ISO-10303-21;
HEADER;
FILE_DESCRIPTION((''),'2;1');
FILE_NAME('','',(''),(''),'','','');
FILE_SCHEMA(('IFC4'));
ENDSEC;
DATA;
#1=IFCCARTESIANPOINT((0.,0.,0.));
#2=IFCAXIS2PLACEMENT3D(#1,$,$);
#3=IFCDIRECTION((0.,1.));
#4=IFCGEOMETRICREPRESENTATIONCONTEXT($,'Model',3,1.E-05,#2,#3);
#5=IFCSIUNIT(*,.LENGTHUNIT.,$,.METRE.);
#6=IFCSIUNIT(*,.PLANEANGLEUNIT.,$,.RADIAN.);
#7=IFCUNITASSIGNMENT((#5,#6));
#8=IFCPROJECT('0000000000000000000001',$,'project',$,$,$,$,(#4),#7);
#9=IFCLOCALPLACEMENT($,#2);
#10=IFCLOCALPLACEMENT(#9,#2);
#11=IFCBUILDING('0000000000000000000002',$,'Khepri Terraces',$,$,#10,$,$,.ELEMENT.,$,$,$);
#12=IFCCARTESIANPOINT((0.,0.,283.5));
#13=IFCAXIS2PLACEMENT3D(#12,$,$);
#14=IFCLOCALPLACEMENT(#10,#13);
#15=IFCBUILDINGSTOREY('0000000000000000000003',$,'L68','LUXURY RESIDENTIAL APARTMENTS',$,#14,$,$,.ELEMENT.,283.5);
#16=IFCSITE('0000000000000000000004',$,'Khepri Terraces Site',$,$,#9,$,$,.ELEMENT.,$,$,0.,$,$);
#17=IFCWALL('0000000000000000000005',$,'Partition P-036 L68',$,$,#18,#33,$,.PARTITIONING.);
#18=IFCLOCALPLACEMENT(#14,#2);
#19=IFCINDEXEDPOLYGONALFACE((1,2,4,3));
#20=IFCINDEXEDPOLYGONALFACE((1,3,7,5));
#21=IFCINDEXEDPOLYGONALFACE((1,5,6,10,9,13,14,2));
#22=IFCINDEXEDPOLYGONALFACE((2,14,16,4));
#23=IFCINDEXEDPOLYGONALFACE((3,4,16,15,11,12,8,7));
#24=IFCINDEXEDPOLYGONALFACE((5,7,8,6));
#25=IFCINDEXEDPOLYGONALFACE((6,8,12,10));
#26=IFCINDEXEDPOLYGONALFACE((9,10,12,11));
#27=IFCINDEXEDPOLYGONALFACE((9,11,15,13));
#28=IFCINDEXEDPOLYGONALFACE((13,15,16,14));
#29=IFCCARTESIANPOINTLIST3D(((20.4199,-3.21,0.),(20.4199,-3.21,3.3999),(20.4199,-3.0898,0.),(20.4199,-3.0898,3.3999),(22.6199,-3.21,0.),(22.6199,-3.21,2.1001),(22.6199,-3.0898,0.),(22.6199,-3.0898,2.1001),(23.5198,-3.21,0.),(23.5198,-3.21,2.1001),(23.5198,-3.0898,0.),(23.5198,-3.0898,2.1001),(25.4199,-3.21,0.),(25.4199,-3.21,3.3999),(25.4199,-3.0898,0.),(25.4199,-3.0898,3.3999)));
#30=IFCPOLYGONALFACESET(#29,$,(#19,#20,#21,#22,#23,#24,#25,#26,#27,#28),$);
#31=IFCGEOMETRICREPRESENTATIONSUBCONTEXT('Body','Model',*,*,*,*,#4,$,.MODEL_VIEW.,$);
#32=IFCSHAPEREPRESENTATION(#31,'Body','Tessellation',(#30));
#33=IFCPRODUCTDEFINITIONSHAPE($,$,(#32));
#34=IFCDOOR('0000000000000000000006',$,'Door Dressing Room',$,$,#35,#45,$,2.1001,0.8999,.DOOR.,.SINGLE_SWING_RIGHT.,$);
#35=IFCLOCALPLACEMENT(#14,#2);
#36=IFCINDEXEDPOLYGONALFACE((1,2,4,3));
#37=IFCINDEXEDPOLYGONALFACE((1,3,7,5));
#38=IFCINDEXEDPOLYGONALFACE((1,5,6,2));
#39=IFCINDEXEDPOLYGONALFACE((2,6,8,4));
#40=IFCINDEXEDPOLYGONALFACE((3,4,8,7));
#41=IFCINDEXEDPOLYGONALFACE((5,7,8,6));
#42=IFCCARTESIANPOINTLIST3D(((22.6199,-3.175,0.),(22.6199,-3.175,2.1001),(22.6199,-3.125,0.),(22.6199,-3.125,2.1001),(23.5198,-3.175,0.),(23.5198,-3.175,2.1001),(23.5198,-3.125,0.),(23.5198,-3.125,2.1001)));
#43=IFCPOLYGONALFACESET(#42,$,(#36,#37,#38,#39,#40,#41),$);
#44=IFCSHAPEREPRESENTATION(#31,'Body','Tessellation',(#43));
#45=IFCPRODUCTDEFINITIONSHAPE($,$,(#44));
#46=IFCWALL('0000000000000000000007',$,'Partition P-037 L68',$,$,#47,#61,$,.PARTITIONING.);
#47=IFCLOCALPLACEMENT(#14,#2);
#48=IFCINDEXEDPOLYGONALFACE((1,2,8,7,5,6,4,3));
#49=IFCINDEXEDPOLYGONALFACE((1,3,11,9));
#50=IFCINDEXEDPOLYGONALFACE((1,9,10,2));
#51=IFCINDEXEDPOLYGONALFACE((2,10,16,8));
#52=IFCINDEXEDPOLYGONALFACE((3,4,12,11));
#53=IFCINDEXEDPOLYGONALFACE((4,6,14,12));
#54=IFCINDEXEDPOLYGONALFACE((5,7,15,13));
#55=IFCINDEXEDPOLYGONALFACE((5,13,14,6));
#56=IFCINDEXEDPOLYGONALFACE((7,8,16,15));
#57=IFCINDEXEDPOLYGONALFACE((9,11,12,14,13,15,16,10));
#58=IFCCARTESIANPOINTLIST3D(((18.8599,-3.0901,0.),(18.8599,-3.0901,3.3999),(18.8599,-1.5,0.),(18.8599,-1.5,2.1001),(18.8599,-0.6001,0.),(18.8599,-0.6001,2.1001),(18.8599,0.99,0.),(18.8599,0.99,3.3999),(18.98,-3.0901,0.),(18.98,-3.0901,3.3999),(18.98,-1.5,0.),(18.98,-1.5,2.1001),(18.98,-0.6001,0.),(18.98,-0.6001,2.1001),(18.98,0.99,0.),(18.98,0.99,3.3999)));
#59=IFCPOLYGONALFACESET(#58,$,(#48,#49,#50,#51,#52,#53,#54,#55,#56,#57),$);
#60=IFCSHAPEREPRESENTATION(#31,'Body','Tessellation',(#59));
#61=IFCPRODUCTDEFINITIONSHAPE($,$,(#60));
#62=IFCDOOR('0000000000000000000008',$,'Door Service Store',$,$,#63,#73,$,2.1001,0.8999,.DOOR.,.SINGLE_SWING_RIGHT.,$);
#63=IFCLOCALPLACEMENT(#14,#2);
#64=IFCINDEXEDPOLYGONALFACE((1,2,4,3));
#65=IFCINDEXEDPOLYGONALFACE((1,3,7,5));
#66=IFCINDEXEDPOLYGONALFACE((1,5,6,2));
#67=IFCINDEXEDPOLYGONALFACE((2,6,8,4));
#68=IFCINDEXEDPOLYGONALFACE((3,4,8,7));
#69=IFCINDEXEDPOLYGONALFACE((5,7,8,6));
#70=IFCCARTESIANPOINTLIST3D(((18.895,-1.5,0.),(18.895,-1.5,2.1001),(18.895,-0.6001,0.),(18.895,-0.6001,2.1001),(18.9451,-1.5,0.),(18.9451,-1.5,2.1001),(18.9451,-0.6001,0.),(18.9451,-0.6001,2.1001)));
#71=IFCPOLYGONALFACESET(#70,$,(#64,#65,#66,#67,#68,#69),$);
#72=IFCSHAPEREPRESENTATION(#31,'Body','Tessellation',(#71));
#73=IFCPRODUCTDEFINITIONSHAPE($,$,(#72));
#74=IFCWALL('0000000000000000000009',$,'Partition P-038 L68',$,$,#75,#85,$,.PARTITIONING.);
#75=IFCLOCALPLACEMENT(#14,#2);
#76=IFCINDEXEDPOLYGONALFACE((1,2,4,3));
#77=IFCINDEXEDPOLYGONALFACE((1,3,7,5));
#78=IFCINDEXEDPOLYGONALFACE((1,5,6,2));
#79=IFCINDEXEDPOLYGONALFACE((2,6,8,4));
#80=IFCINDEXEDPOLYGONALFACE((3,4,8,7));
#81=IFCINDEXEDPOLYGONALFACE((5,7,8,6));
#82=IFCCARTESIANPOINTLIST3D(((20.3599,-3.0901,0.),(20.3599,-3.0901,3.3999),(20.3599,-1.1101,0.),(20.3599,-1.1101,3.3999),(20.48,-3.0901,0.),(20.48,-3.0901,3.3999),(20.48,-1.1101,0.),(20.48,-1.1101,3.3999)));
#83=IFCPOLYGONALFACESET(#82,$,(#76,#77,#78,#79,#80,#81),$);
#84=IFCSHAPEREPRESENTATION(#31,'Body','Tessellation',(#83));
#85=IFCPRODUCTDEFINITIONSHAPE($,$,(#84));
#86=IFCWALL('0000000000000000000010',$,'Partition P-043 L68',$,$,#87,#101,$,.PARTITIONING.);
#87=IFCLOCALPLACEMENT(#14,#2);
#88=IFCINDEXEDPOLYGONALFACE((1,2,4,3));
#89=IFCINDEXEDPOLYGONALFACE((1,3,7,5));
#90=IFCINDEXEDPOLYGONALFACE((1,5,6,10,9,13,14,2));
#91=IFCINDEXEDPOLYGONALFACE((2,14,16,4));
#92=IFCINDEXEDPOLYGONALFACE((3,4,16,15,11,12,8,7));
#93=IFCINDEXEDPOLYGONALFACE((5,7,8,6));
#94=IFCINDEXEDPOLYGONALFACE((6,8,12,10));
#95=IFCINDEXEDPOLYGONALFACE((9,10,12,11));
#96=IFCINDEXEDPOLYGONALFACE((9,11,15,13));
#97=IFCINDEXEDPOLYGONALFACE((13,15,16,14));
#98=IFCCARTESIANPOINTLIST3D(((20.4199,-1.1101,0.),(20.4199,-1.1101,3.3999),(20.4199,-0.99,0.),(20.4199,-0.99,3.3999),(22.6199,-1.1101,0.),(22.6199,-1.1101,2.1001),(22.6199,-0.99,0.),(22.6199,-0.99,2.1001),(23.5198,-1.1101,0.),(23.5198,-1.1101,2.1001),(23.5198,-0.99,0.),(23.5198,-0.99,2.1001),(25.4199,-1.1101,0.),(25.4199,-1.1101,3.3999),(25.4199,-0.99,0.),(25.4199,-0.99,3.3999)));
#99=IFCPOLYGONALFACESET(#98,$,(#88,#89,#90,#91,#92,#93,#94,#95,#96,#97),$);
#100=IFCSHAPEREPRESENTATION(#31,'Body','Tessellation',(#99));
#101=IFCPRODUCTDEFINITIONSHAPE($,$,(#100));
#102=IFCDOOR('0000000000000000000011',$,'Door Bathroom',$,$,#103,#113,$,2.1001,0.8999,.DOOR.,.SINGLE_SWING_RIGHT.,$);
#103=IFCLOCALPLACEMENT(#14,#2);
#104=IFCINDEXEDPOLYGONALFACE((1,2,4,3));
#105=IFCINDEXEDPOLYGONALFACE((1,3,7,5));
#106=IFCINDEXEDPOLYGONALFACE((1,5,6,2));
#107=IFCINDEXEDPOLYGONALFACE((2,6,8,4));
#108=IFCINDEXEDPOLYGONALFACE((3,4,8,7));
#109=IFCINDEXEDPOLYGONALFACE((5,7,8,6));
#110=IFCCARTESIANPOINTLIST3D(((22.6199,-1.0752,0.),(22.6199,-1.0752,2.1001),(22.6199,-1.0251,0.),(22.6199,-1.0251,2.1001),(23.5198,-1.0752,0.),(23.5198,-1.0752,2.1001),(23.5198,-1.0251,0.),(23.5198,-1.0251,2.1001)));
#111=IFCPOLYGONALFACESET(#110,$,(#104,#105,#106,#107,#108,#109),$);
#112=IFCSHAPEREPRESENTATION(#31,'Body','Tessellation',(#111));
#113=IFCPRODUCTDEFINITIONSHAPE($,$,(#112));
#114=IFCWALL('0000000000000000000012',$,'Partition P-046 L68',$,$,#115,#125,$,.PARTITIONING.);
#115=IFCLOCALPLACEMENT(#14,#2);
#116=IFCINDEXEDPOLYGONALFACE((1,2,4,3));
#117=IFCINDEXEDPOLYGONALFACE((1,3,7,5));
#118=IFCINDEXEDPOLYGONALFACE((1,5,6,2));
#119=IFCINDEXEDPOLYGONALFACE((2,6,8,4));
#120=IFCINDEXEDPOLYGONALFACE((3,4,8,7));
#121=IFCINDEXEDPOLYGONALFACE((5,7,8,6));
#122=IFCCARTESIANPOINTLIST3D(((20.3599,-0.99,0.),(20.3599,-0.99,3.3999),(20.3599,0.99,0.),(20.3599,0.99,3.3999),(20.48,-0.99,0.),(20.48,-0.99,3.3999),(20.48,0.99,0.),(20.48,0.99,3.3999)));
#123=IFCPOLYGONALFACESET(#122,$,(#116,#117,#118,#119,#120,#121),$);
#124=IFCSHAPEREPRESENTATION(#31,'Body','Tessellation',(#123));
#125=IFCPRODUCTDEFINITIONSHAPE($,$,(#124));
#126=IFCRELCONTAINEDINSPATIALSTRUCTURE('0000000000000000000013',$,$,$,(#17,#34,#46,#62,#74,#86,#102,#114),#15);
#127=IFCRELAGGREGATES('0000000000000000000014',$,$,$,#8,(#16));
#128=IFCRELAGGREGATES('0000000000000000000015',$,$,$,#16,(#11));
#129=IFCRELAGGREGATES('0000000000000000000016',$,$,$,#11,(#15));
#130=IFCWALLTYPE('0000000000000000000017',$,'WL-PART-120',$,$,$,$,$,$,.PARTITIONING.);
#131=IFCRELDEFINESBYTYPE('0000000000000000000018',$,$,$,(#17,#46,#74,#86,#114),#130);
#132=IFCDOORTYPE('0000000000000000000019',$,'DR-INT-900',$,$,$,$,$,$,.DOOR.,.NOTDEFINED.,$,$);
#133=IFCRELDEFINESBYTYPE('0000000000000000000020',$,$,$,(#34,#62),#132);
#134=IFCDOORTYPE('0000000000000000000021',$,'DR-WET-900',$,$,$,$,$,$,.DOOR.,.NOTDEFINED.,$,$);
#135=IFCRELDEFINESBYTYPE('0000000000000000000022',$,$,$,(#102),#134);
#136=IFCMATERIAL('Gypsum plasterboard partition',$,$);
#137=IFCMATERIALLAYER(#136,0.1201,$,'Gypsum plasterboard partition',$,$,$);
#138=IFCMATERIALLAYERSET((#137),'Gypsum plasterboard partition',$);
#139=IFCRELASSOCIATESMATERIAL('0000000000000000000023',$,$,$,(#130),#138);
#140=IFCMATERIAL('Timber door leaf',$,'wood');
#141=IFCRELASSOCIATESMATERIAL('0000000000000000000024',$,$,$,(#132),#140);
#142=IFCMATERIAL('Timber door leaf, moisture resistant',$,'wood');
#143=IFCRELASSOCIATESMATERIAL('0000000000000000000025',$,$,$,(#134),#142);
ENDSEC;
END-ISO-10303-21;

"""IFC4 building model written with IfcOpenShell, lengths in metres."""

from ifc_helpers import new_model, si_unit, direction, frame, frame_2d, origin, place, context, subcontext, project, spatial, rectangle, extrude, material, layer, layer_set, type_object, element, fill, save


model = new_model("IFC4")

# Units and contexts
model_context = context("Model", 3, precision=1e-05, world=origin(), true_north=direction((0.0, 1.0)))
body_context = subcontext(model_context, "Body", "Model", "MODEL_VIEW")
ifc_project = project(units=[si_unit("LENGTHUNIT", "METRE"), si_unit("PLANEANGLEUNIT", "RADIAN")], contexts=[model_context])

# Site, building, storey
site_placement = place(None, origin())
site = spatial("IfcSite", under=ifc_project, at=site_placement, Name="Khepri Terraces Site", CompositionType="ELEMENT", RefElevation=0.0)
building_placement = place(site_placement, origin())
building = spatial("IfcBuilding", under=site, at=building_placement, Name="Khepri Terraces", CompositionType="ELEMENT")
storey_placement = place(building_placement, frame((0.0, 0.0, 283.5)))
storey = spatial("IfcBuildingStorey", under=building, at=storey_placement, Name="L68", Description="LUXURY RESIDENTIAL APARTMENTS", CompositionType="ELEMENT", Elevation=283.5)

# Shared definitions
ifc_material_1 = material(Name="Gypsum plasterboard partition")
ifc_layer_1 = layer(ifc_material_1, 0.1201, Name="Gypsum plasterboard partition")
ifc_layer_set_1 = layer_set([ifc_layer_1], Name="Gypsum plasterboard partition")
wall_type_1 = type_object("IfcWallType", Name="WL-PART-120", PredefinedType="PARTITIONING", material=ifc_layer_set_1)

# Shared definitions
ifc_material_2 = material(Name="Timber door leaf", Category="wood")
door_type_1 = type_object("IfcDoorType", Name="DR-INT-900", OperationType="NOTDEFINED", PredefinedType="DOOR", material=ifc_material_2)

# Walls, openings, doors
wall_1_placement = place(storey_placement, frame((20.4199, -3.1499, 0.0), z_axis=(0.0, 0.0, 1.0), x_axis=(1.0, 0.0, 0.0)))
wall_1 = element("IfcWall", 1, at=wall_1_placement, inside=storey, type_object=wall_type_1, Name="Partition P-036 L68", PredefinedType="PARTITIONING", context=body_context, shape_type="SweptSolid", body=[
    extrude(rectangle(XDim=5.0, YDim=0.1201, at=frame_2d((2.5, 0.0))), origin(), (0.0, 0.0, 1.0), 3.3999),
])
opening_1_placement = place(wall_1_placement, frame((2.2, 0.0, 0.0)))
opening_1 = element("IfcOpeningElement", 2, at=opening_1_placement, cuts=wall_1, PredefinedType="OPENING", context=body_context, shape_type="SweptSolid", body=[
    extrude(rectangle(XDim=0.8999, YDim=2.1001, at=frame_2d((0.45, 1.05))), frame((0.0, 0.0701, 0.0), z_axis=(0.0, -1.0, 0.0), x_axis=(1.0, 0.0, 0.0)), (0.0, 0.0, 1.0), 0.1401),
])
door_1_placement = place(opening_1_placement, origin())
door_1 = element("IfcDoor", 3, at=door_1_placement, inside=storey, type_object=door_type_1, Name="Door Dressing Room", OperationType="SINGLE_SWING_RIGHT", OverallHeight=2.1001, OverallWidth=0.8999, PredefinedType="DOOR", context=body_context, shape_type="SweptSolid", body=[
    extrude(rectangle(XDim=0.8999, YDim=2.1001, at=frame_2d((0.45, 1.05))), frame((0.0, 0.0249, 0.0), z_axis=(0.0, -1.0, 0.0), x_axis=(1.0, 0.0, 0.0)), (0.0, 0.0, 1.0), 0.05),
])
fill(opening_1, door_1)
wall_2_placement = place(storey_placement, frame((18.9199, -3.0901, 0.0), z_axis=(0.0, 0.0, 1.0), x_axis=(0.0, 1.0, 0.0)))
wall_2 = element("IfcWall", 4, at=wall_2_placement, inside=storey, type_object=wall_type_1, Name="Partition P-037 L68", PredefinedType="PARTITIONING", context=body_context, shape_type="SweptSolid", body=[
    extrude(rectangle(XDim=4.0801, YDim=0.1201, at=frame_2d((2.04, 0.0))), origin(), (0.0, 0.0, 1.0), 3.3999),
])
opening_2_placement = place(wall_2_placement, frame((1.5901, 0.0, 0.0)))
opening_2 = element("IfcOpeningElement", 5, at=opening_2_placement, cuts=wall_2, PredefinedType="OPENING", context=body_context, shape_type="SweptSolid", body=[
    extrude(rectangle(XDim=0.8999, YDim=2.1001, at=frame_2d((0.45, 1.05))), frame((0.0, 0.0701, 0.0), z_axis=(0.0, -1.0, 0.0), x_axis=(1.0, 0.0, 0.0)), (0.0, 0.0, 1.0), 0.1401),
])
door_2_placement = place(opening_2_placement, origin())
door_2 = element("IfcDoor", 6, at=door_2_placement, inside=storey, type_object=door_type_1, Name="Door Service Store", OperationType="SINGLE_SWING_RIGHT", OverallHeight=2.1001, OverallWidth=0.8999, PredefinedType="DOOR", context=body_context, shape_type="SweptSolid", body=[
    extrude(rectangle(XDim=0.8999, YDim=2.1001, at=frame_2d((0.45, 1.05))), frame((0.0, 0.0249, 0.0), z_axis=(0.0, -1.0, 0.0), x_axis=(1.0, 0.0, 0.0)), (0.0, 0.0, 1.0), 0.05),
])
fill(opening_2, door_2)

# Wall
wall_3_placement = place(storey_placement, frame((20.4199, -3.0901, 0.0), z_axis=(0.0, 0.0, 1.0), x_axis=(0.0, 1.0, 0.0)))
element("IfcWall", 7, at=wall_3_placement, inside=storey, type_object=wall_type_1, Name="Partition P-038 L68", PredefinedType="PARTITIONING", context=body_context, shape_type="SweptSolid", body=[
    extrude(rectangle(XDim=1.98, YDim=0.1201, at=frame_2d((0.99, 0.0))), origin(), (0.0, 0.0, 1.0), 3.3999),
])

# Wall, opening, door
wall_4_placement = place(storey_placement, frame((20.4199, -1.05, 0.0), z_axis=(0.0, 0.0, 1.0), x_axis=(1.0, 0.0, 0.0)))
wall_4 = element("IfcWall", 8, at=wall_4_placement, inside=storey, type_object=wall_type_1, Name="Partition P-043 L68", PredefinedType="PARTITIONING", context=body_context, shape_type="SweptSolid", body=[
    extrude(rectangle(XDim=5.0, YDim=0.1201, at=frame_2d((2.5, 0.0))), origin(), (0.0, 0.0, 1.0), 3.3999),
])
opening_3_placement = place(wall_4_placement, frame((2.2, 0.0, 0.0)))
opening_3 = element("IfcOpeningElement", 9, at=opening_3_placement, cuts=wall_4, PredefinedType="OPENING", context=body_context, shape_type="SweptSolid", body=[
    extrude(rectangle(XDim=0.8999, YDim=2.1001, at=frame_2d((0.45, 1.05))), frame((0.0, 0.0701, 0.0), z_axis=(0.0, -1.0, 0.0), x_axis=(1.0, 0.0, 0.0)), (0.0, 0.0, 1.0), 0.1401),
])
ifc_material_3 = material(Name="Timber door leaf, moisture resistant", Category="wood")
door_type_2 = type_object("IfcDoorType", Name="DR-WET-900", OperationType="NOTDEFINED", PredefinedType="DOOR", material=ifc_material_3)
door_3_placement = place(opening_3_placement, origin())
door_3 = element("IfcDoor", 10, at=door_3_placement, inside=storey, type_object=door_type_2, Name="Door Bathroom", OperationType="SINGLE_SWING_RIGHT", OverallHeight=2.1001, OverallWidth=0.8999, PredefinedType="DOOR", context=body_context, shape_type="SweptSolid", body=[
    extrude(rectangle(XDim=0.8999, YDim=2.1001, at=frame_2d((0.45, 1.05))), frame((0.0, 0.0249, 0.0), z_axis=(0.0, -1.0, 0.0), x_axis=(1.0, 0.0, 0.0)), (0.0, 0.0, 1.0), 0.05),
])
fill(opening_3, door_3)

# Wall
wall_5_placement = place(storey_placement, frame((20.4199, -0.99, 0.0), z_axis=(0.0, 0.0, 1.0), x_axis=(0.0, 1.0, 0.0)))
element("IfcWall", 11, at=wall_5_placement, inside=storey, type_object=wall_type_1, Name="Partition P-046 L68", PredefinedType="PARTITIONING", context=body_context, shape_type="SweptSolid", body=[
    extrude(rectangle(XDim=1.98, YDim=0.1201, at=frame_2d((0.99, 0.0))), origin(), (0.0, 0.0, 1.0), 3.3999),
])

save(model, "model.ifc")
